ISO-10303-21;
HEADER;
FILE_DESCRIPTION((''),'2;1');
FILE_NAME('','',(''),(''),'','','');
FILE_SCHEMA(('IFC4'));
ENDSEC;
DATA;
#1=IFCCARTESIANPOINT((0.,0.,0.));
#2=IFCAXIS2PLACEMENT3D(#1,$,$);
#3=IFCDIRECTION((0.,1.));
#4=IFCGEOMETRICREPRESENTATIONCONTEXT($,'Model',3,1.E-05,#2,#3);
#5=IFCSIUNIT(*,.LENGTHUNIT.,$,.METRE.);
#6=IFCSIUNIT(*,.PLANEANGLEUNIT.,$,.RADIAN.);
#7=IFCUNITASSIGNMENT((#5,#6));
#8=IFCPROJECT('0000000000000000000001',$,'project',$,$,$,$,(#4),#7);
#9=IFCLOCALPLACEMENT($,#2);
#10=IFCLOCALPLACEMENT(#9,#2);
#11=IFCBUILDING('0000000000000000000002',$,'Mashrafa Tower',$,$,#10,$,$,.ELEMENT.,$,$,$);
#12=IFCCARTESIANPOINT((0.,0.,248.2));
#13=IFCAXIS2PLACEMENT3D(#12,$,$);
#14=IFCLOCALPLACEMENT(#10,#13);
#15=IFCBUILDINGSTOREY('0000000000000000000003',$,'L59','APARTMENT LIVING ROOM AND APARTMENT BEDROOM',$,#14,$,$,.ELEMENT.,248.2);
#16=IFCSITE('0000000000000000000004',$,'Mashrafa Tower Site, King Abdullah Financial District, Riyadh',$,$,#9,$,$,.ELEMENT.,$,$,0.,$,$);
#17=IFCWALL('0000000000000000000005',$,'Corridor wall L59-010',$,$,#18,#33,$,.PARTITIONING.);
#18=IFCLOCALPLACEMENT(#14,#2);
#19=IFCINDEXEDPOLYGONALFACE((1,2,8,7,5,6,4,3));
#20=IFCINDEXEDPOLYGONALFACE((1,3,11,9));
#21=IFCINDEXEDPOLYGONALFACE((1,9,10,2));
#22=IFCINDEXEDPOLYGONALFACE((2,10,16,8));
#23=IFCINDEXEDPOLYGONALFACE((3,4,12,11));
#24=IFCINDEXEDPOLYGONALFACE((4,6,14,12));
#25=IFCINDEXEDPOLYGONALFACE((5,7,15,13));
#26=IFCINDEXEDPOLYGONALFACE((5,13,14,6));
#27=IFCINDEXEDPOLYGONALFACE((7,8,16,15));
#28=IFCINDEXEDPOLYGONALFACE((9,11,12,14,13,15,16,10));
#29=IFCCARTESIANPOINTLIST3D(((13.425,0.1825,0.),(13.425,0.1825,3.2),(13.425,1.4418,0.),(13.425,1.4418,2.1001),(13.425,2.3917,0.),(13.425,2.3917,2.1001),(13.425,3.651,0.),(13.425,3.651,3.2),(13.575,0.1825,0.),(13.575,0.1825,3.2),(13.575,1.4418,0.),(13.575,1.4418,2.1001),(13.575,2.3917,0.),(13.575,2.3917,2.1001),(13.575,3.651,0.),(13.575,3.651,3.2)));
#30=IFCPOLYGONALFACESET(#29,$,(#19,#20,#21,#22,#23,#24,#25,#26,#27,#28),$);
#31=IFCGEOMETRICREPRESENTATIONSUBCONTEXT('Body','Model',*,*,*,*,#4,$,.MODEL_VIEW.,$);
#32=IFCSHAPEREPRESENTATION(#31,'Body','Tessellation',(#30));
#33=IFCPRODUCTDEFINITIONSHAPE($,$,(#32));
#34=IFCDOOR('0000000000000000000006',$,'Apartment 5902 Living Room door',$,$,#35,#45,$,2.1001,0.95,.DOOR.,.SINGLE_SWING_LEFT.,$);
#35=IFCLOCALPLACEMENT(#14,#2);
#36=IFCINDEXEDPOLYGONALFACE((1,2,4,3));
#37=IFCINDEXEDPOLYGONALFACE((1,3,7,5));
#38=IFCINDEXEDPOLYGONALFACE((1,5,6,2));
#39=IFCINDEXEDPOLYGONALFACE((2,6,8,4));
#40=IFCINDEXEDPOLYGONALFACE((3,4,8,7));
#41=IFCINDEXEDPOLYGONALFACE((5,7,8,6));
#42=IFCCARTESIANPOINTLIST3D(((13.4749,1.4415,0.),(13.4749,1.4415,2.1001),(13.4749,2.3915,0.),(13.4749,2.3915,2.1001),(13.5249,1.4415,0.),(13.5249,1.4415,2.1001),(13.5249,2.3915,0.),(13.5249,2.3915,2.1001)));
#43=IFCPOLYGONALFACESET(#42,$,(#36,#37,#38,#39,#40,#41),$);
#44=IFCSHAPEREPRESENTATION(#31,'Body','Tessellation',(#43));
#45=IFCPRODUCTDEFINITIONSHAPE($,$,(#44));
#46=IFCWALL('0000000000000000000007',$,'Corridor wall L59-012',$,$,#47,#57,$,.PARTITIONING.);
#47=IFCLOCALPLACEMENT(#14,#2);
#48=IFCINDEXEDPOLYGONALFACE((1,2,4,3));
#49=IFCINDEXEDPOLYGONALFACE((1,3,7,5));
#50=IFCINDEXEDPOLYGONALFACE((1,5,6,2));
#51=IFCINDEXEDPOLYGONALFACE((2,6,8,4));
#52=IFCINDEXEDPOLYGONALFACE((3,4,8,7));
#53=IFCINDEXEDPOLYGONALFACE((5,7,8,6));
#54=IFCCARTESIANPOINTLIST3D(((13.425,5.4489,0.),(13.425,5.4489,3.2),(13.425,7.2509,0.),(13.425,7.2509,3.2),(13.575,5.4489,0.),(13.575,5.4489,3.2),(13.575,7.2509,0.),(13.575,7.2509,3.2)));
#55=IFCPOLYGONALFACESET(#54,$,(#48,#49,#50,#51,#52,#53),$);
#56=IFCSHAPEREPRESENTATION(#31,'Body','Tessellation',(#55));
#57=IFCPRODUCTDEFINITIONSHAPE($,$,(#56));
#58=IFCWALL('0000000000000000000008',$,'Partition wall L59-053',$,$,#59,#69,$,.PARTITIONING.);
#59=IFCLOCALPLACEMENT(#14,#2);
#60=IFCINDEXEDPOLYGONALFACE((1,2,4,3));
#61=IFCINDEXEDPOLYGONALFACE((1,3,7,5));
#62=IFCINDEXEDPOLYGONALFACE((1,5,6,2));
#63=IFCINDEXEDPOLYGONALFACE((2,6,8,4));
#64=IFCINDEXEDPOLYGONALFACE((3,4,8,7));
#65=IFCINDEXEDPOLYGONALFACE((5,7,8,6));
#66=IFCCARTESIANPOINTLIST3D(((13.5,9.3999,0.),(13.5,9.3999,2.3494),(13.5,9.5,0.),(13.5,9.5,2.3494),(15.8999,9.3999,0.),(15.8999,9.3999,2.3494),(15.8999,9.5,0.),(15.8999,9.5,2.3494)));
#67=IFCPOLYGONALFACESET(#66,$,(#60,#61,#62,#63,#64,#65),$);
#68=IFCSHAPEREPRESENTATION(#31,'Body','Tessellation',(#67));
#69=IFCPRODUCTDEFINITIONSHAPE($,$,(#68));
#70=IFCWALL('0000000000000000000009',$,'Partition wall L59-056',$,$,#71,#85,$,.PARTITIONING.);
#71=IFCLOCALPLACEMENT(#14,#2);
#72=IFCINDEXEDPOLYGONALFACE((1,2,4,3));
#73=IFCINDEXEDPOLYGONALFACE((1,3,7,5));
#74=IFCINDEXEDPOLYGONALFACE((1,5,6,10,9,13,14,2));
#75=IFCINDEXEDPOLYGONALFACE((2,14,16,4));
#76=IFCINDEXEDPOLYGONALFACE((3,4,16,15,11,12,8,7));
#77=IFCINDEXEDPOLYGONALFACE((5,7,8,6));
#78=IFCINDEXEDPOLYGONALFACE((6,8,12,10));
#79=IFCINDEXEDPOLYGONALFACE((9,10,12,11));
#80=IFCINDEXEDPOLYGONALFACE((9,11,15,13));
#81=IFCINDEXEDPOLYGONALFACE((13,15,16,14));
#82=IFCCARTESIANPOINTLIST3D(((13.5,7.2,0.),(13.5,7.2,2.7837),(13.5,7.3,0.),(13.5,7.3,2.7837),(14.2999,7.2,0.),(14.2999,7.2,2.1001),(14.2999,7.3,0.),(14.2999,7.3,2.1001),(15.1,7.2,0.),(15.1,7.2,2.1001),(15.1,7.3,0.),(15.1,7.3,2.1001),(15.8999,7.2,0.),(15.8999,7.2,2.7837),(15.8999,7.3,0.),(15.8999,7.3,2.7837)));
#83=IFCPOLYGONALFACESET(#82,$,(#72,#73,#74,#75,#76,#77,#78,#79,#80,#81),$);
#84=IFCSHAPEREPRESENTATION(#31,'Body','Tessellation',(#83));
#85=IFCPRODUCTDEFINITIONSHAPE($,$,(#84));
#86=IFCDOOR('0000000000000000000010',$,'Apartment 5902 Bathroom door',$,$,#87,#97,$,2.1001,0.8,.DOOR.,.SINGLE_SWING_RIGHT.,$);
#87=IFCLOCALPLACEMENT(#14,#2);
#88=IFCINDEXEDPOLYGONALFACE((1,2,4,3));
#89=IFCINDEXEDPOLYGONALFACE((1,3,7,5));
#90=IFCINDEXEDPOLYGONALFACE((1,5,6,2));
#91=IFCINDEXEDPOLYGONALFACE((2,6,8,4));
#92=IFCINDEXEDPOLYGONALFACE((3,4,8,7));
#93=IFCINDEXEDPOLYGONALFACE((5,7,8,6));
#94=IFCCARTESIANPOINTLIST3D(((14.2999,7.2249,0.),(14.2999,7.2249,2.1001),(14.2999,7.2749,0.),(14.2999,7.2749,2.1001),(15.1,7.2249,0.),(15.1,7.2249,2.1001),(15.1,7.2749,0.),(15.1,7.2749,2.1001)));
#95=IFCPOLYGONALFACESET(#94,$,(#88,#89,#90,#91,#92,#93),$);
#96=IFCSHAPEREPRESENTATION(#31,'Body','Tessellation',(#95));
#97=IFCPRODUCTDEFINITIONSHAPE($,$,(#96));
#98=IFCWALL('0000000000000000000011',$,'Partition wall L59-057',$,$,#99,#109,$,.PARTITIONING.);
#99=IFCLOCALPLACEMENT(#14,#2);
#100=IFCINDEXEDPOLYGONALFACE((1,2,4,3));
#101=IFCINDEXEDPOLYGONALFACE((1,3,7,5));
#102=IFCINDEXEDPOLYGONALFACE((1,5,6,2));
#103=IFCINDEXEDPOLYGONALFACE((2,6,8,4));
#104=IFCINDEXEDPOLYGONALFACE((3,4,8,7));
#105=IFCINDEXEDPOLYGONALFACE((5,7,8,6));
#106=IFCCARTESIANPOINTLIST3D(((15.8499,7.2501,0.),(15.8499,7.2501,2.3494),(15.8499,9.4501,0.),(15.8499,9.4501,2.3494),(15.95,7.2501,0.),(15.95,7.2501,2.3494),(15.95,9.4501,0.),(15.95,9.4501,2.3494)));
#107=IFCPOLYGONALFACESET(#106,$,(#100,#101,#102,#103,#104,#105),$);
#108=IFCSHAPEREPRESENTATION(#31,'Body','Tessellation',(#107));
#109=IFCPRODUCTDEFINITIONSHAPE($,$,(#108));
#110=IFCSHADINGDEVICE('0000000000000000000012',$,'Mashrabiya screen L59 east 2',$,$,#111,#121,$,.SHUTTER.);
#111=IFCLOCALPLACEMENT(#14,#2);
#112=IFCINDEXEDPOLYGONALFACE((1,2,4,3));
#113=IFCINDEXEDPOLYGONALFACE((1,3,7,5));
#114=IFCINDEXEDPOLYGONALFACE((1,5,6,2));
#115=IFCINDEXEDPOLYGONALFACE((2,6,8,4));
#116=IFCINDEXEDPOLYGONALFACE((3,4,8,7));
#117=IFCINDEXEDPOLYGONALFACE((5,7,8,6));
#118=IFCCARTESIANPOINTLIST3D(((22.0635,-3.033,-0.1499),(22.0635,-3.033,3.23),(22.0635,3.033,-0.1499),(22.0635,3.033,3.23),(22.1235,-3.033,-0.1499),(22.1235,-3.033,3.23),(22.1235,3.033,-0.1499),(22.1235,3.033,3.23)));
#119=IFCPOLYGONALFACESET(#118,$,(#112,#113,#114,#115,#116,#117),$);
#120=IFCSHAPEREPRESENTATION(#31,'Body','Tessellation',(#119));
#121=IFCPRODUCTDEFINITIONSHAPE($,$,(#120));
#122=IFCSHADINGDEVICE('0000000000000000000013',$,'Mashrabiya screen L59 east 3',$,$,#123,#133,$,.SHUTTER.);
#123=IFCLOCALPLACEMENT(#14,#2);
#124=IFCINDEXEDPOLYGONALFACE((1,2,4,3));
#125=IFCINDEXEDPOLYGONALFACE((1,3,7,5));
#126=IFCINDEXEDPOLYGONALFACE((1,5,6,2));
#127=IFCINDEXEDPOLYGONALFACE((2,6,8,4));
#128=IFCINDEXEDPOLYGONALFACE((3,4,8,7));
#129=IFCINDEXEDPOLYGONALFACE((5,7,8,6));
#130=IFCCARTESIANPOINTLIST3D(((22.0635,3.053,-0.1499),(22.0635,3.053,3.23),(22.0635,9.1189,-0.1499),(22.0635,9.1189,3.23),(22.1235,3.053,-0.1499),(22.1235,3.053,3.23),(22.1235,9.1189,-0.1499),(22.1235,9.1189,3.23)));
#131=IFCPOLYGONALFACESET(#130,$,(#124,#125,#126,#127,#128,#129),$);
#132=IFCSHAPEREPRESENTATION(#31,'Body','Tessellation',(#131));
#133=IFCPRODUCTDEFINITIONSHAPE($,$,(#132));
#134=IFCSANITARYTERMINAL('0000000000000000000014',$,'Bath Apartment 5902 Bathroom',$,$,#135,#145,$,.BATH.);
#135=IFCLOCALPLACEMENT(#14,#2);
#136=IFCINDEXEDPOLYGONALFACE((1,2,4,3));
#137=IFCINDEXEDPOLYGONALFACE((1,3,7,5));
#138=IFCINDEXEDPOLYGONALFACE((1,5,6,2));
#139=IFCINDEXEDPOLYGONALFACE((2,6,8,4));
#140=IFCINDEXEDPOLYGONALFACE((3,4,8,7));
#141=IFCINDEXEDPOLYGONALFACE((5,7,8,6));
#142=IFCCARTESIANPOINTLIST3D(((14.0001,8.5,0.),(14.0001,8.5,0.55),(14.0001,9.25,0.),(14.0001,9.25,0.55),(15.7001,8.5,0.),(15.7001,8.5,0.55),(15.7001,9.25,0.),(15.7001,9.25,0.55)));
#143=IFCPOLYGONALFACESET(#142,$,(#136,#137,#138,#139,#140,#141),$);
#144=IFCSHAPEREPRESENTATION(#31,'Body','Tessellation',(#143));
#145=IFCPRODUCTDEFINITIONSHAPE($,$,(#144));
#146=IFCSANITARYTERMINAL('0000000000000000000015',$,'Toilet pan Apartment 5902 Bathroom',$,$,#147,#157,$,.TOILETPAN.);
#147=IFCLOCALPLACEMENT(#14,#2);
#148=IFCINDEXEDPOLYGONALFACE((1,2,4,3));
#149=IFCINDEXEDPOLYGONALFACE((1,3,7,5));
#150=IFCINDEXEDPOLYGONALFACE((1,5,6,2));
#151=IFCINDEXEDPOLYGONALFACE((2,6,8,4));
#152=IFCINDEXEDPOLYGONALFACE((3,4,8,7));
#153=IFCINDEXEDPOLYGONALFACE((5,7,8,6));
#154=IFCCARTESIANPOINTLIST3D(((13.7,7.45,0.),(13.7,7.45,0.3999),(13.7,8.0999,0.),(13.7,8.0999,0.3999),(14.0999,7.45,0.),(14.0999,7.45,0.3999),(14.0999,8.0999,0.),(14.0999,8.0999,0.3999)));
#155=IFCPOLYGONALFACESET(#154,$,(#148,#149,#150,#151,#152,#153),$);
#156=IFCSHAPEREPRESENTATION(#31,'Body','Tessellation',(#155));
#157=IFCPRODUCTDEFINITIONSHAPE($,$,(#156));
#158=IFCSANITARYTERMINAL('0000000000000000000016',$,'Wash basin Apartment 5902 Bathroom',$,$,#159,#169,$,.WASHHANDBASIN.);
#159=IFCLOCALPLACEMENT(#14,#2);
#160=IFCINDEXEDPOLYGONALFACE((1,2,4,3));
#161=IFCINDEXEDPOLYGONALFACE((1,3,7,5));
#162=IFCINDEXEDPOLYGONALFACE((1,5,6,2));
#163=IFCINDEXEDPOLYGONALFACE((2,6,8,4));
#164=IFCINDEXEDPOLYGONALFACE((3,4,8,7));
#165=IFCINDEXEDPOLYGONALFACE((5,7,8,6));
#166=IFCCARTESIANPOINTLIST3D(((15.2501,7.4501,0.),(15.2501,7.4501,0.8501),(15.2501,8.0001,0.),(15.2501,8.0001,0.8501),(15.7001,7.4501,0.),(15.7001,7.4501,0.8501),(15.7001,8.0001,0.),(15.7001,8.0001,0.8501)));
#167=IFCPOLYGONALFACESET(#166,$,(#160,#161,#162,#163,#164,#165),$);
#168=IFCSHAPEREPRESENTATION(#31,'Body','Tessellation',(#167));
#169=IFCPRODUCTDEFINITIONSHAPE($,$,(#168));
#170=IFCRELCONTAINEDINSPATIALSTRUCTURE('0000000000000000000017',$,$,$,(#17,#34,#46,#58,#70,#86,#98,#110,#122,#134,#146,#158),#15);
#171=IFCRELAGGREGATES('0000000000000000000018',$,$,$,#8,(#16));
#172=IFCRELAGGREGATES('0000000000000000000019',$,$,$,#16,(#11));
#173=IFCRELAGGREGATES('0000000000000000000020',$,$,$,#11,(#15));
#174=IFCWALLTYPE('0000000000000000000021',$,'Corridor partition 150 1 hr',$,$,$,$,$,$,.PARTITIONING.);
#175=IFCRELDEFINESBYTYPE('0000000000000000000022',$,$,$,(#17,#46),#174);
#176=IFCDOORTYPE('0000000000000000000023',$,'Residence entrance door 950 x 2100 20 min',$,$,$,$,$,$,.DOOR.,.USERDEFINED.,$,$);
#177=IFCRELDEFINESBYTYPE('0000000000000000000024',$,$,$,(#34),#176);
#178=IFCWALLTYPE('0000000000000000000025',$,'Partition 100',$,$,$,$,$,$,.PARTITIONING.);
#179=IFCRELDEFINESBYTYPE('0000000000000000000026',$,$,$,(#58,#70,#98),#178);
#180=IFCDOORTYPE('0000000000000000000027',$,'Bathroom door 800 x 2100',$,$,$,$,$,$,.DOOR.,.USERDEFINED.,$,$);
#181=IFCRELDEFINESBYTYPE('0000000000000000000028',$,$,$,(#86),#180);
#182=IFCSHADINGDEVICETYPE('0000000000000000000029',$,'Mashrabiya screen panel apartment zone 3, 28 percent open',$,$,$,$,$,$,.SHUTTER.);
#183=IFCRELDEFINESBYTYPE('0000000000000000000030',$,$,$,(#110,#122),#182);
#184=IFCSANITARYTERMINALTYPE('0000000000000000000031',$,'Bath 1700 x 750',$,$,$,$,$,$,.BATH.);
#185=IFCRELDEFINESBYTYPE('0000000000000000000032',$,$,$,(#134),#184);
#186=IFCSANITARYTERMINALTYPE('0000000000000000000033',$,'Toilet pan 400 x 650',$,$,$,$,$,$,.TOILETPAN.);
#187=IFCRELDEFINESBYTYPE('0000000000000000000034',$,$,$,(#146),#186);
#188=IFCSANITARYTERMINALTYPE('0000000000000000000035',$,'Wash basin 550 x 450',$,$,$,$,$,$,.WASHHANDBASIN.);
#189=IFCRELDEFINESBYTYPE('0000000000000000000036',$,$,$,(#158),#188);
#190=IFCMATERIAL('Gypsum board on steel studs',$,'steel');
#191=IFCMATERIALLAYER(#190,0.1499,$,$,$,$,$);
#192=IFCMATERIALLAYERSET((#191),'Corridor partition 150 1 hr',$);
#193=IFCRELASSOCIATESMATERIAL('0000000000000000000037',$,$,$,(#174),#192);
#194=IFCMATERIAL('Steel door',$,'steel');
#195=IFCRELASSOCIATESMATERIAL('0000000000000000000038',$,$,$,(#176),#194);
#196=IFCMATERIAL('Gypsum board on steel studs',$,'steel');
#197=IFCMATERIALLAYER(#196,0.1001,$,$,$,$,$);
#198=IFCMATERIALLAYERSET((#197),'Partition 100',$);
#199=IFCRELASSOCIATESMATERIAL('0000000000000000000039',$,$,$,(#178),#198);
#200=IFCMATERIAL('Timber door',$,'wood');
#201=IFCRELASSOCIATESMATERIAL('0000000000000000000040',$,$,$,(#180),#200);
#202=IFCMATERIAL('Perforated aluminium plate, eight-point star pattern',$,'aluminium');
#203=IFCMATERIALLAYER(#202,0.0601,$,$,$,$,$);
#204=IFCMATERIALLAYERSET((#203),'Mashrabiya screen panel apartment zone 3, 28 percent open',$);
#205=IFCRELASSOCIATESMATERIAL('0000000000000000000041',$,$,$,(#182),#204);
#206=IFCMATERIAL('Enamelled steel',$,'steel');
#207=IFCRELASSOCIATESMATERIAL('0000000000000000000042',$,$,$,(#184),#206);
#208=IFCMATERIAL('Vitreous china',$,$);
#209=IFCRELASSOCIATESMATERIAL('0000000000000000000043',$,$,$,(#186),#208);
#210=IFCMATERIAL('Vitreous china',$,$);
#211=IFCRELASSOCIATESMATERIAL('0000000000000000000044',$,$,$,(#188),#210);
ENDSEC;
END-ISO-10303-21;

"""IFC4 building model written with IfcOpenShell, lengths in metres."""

from ifc_helpers import new_model, si_unit, direction, frame, frame_2d, origin, origin_2d, place, context, subcontext, project, spatial, rectangle, extrude, source, transform, mapped, material, layer, layer_set, type_object, type_shapes, element, fill, save


model = new_model("IFC4")

# Units and contexts
model_context = context("Model", 3, precision=1e-05, world=origin(), true_north=direction((0.0, 1.0)))
body_context = subcontext(model_context, "Body", "Model", "MODEL_VIEW")
ifc_project = project(units=[si_unit("LENGTHUNIT", "METRE"), si_unit("PLANEANGLEUNIT", "RADIAN")], contexts=[model_context])

# Site, building, storey
site_placement = place(None, origin())
site = spatial("IfcSite", under=ifc_project, at=site_placement, Name="Mashrafa Tower Site, King Abdullah Financial District, Riyadh", CompositionType="ELEMENT", RefElevation=0.0)
building_placement = place(site_placement, origin())
building = spatial("IfcBuilding", under=site, at=building_placement, Name="Mashrafa Tower", CompositionType="ELEMENT")
storey_placement = place(building_placement, frame((0.0, 0.0, 248.2)))
storey = spatial("IfcBuildingStorey", under=building, at=storey_placement, Name="L59", Description="APARTMENT LIVING ROOM AND APARTMENT BEDROOM", CompositionType="ELEMENT", Elevation=248.2)

# Shared definitions
ifc_material_1 = material(Name="Gypsum board on steel studs", Category="steel")
ifc_layer_1 = layer(ifc_material_1, 0.1499)
ifc_layer_set_1 = layer_set([ifc_layer_1], Name="Corridor partition 150 1 hr")
wall_type_1 = type_object("IfcWallType", Name="Corridor partition 150 1 hr", PredefinedType="PARTITIONING", material=ifc_layer_set_1)

# Wall, opening, door
wall_1_placement = place(storey_placement, frame((13.5, 0.1824, 0.0), z_axis=(0.0, 0.0, 1.0), x_axis=(0.0, 1.0, 0.0)))
wall_1 = element("IfcWall", 1, at=wall_1_placement, inside=storey, type_object=wall_type_1, Name="Corridor wall L59-010", PredefinedType="PARTITIONING", context=body_context, shape_type="SweptSolid", body=[
    extrude(rectangle(XDim=3.4685, YDim=0.1499, at=frame_2d((1.7344, 0.0))), origin(), (0.0, 0.0, 1.0), 3.2),
])
opening_1_placement = place(wall_1_placement, frame((1.2593, 0.0, 0.0)))
opening_1 = element("IfcOpeningElement", 2, at=opening_1_placement, cuts=wall_1, PredefinedType="OPENING", context=body_context, shape_type="SweptSolid", body=[
    extrude(rectangle(XDim=0.95, YDim=2.1001, at=frame_2d((0.4751, 1.05))), frame((0.0, 0.085, 0.0), z_axis=(0.0, -1.0, 0.0), x_axis=(1.0, 0.0, 0.0)), (0.0, 0.0, 1.0), 0.1699),
])
ifc_material_2 = material(Name="Steel door", Category="steel")
door_type_1 = type_object("IfcDoorType", Name="Residence entrance door 950 x 2100 20 min", OperationType="USERDEFINED", PredefinedType="DOOR", material=ifc_material_2)
door_1_placement = place(opening_1_placement, frame((0.95, 0.0, 0.0), z_axis=(0.0, 0.0, 1.0), x_axis=(-1.0, 0.0, 0.0)))
door_1 = element("IfcDoor", 3, at=door_1_placement, inside=storey, type_object=door_type_1, Name="Apartment 5902 Living Room door", OperationType="SINGLE_SWING_LEFT", OverallHeight=2.1001, OverallWidth=0.95, PredefinedType="DOOR", context=body_context, shape_type="SweptSolid", body=[
    extrude(rectangle(XDim=0.95, YDim=2.1001, at=frame_2d((0.4751, 1.05))), frame((0.0, 0.0249, 0.0), z_axis=(0.0, -1.0, 0.0), x_axis=(1.0, 0.0, 0.0)), (0.0, 0.0, 1.0), 0.05),
])
fill(opening_1, door_1)

# Walls
wall_2_placement = place(storey_placement, frame((13.5, 5.449, 0.0), z_axis=(0.0, 0.0, 1.0), x_axis=(0.0, 1.0, 0.0)))
element("IfcWall", 4, at=wall_2_placement, inside=storey, type_object=wall_type_1, Name="Corridor wall L59-012", PredefinedType="PARTITIONING", context=body_context, shape_type="SweptSolid", body=[
    extrude(rectangle(XDim=1.802, YDim=0.1499, at=frame_2d((0.9009, 0.0))), origin(), (0.0, 0.0, 1.0), 3.2),
])
ifc_material_3 = material(Name="Gypsum board on steel studs", Category="steel")
ifc_layer_2 = layer(ifc_material_3, 0.1001)
ifc_layer_set_2 = layer_set([ifc_layer_2], Name="Partition 100")
wall_type_2 = type_object("IfcWallType", Name="Partition 100", PredefinedType="PARTITIONING", material=ifc_layer_set_2)
wall_3_placement = place(storey_placement, frame((13.5, 9.45, 0.0), z_axis=(0.0, 0.0, 1.0), x_axis=(1.0, 0.0, 0.0)))
element("IfcWall", 5, at=wall_3_placement, inside=storey, type_object=wall_type_2, Name="Partition wall L59-053", PredefinedType="PARTITIONING", context=body_context, shape_type="SweptSolid", body=[
    extrude(rectangle(XDim=2.3999, YDim=0.1001, at=frame_2d((1.2, 0.0))), origin(), (0.0, 0.0, 1.0), 2.3494),
])

# Wall, opening, door
wall_4_placement = place(storey_placement, frame((13.5, 7.25, 0.0), z_axis=(0.0, 0.0, 1.0), x_axis=(1.0, 0.0, 0.0)))
wall_4 = element("IfcWall", 6, at=wall_4_placement, inside=storey, type_object=wall_type_2, Name="Partition wall L59-056", PredefinedType="PARTITIONING", context=body_context, shape_type="SweptSolid", body=[
    extrude(rectangle(XDim=2.3999, YDim=0.1001, at=frame_2d((1.2, 0.0))), origin(), (0.0, 0.0, 1.0), 2.7837),
])
opening_2_placement = place(wall_4_placement, frame((0.8, 0.0, 0.0)))
opening_2 = element("IfcOpeningElement", 7, at=opening_2_placement, cuts=wall_4, PredefinedType="OPENING", context=body_context, shape_type="SweptSolid", body=[
    extrude(rectangle(XDim=0.8, YDim=2.1001, at=frame_2d((0.3999, 1.05))), frame((0.0, 0.0601, 0.0), z_axis=(0.0, -1.0, 0.0), x_axis=(1.0, 0.0, 0.0)), (0.0, 0.0, 1.0), 0.1201),
])
ifc_material_4 = material(Name="Timber door", Category="wood")
door_type_2 = type_object("IfcDoorType", Name="Bathroom door 800 x 2100", OperationType="USERDEFINED", PredefinedType="DOOR", material=ifc_material_4)
door_2_placement = place(opening_2_placement, origin())
door_2 = element("IfcDoor", 8, at=door_2_placement, inside=storey, type_object=door_type_2, Name="Apartment 5902 Bathroom door", OperationType="SINGLE_SWING_RIGHT", OverallHeight=2.1001, OverallWidth=0.8, PredefinedType="DOOR", context=body_context, shape_type="SweptSolid", body=[
    extrude(rectangle(XDim=0.8, YDim=2.1001, at=frame_2d((0.3999, 1.05))), frame((0.0, 0.0249, 0.0), z_axis=(0.0, -1.0, 0.0), x_axis=(1.0, 0.0, 0.0)), (0.0, 0.0, 1.0), 0.05),
])
fill(opening_2, door_2)

# Wall
wall_5_placement = place(storey_placement, frame((15.8999, 7.25, 0.0), z_axis=(0.0, 0.0, 1.0), x_axis=(0.0, 1.0, 0.0)))
element("IfcWall", 9, at=wall_5_placement, inside=storey, type_object=wall_type_2, Name="Partition wall L59-057", PredefinedType="PARTITIONING", context=body_context, shape_type="SweptSolid", body=[
    extrude(rectangle(XDim=2.2, YDim=0.1001, at=frame_2d((1.1001, 0.0))), origin(), (0.0, 0.0, 1.0), 2.3494),
])

# Shading devices
ifc_material_5 = material(Name="Perforated aluminium plate, eight-point star pattern", Category="aluminium")
ifc_layer_3 = layer(ifc_material_5, 0.0601)
ifc_layer_set_3 = layer_set([ifc_layer_3], Name="Mashrabiya screen panel apartment zone 3, 28 percent open")
shading_device_type = type_object("IfcShadingDeviceType", Name="Mashrabiya screen panel apartment zone 3, 28 percent open", PredefinedType="SHUTTER", material=ifc_layer_set_3)
shared_shape_1 = source(origin(), body_context, "Body", "SweptSolid", [
    extrude(rectangle(XDim=6.0659, YDim=0.0601, at=origin_2d()), origin(), (0.0, 0.0, 1.0), 3.3799),
])
type_shapes(shading_device_type, [shared_shape_1])
for number, where, z_axis, x_axis, name in (
    (10, (22.0935, 0.0, -0.1499), (0.0, 0.0, 1.0), (0.0, 1.0, 0.0), "Mashrabiya screen L59 east 2"),
    (11, (22.0935, 6.0859, -0.1499), (0.0, 0.0, 1.0), (0.0, 1.0, 0.0), "Mashrabiya screen L59 east 3"),
):
    element("IfcShadingDevice", number, at=place(storey_placement, frame(where, z_axis=z_axis, x_axis=x_axis)), inside=storey, type_object=shading_device_type, Name=name, PredefinedType="SHUTTER", context=body_context, shape_type="MappedRepresentation", body=[
        mapped(shared_shape_1, transform((0.0, 0.0, 0.0))),
    ])

# Sanitary terminals
ifc_material_6 = material(Name="Enamelled steel", Category="steel")
sanitary_terminal_type_1 = type_object("IfcSanitaryTerminalType", Name="Bath 1700 x 750", PredefinedType="BATH", material=ifc_material_6)
sanitary_terminal_1_placement = place(storey_placement, frame((14.8501, 8.875, 0.0), z_axis=(0.0, 0.0, 1.0), x_axis=(-1.0, 0.0, 0.0)))
element("IfcSanitaryTerminal", 12, at=sanitary_terminal_1_placement, inside=storey, type_object=sanitary_terminal_type_1, Name="Bath Apartment 5902 Bathroom", PredefinedType="BATH", context=body_context, shape_type="SweptSolid", body=[
    extrude(rectangle(XDim=1.7, YDim=0.75, at=origin_2d()), origin(), (0.0, 0.0, 1.0), 0.55),
])
ifc_material_7 = material(Name="Vitreous china")
sanitary_terminal_type_2 = type_object("IfcSanitaryTerminalType", Name="Toilet pan 400 x 650", PredefinedType="TOILETPAN", material=ifc_material_7)
sanitary_terminal_2_placement = place(storey_placement, frame((13.8999, 7.7749, 0.0), z_axis=(0.0, 0.0, 1.0), x_axis=(1.0, 0.0, 0.0)))
element("IfcSanitaryTerminal", 13, at=sanitary_terminal_2_placement, inside=storey, type_object=sanitary_terminal_type_2, Name="Toilet pan Apartment 5902 Bathroom", PredefinedType="TOILETPAN", context=body_context, shape_type="SweptSolid", body=[
    extrude(rectangle(XDim=0.3999, YDim=0.6499, at=origin_2d()), origin(), (0.0, 0.0, 1.0), 0.3999),
])
ifc_material_8 = material(Name="Vitreous china")
sanitary_terminal_type_3 = type_object("IfcSanitaryTerminalType", Name="Wash basin 550 x 450", PredefinedType="WASHHANDBASIN", material=ifc_material_8)
sanitary_terminal_3_placement = place(storey_placement, frame((15.4751, 7.7251, 0.0), z_axis=(0.0, 0.0, 1.0), x_axis=(0.0, 1.0, 0.0)))
element("IfcSanitaryTerminal", 14, at=sanitary_terminal_3_placement, inside=storey, type_object=sanitary_terminal_type_3, Name="Wash basin Apartment 5902 Bathroom", PredefinedType="WASHHANDBASIN", context=body_context, shape_type="SweptSolid", body=[
    extrude(rectangle(XDim=0.55, YDim=0.45, at=origin_2d()), origin(), (0.0, 0.0, 1.0), 0.8501),
])

save(model, "model.ifc")
